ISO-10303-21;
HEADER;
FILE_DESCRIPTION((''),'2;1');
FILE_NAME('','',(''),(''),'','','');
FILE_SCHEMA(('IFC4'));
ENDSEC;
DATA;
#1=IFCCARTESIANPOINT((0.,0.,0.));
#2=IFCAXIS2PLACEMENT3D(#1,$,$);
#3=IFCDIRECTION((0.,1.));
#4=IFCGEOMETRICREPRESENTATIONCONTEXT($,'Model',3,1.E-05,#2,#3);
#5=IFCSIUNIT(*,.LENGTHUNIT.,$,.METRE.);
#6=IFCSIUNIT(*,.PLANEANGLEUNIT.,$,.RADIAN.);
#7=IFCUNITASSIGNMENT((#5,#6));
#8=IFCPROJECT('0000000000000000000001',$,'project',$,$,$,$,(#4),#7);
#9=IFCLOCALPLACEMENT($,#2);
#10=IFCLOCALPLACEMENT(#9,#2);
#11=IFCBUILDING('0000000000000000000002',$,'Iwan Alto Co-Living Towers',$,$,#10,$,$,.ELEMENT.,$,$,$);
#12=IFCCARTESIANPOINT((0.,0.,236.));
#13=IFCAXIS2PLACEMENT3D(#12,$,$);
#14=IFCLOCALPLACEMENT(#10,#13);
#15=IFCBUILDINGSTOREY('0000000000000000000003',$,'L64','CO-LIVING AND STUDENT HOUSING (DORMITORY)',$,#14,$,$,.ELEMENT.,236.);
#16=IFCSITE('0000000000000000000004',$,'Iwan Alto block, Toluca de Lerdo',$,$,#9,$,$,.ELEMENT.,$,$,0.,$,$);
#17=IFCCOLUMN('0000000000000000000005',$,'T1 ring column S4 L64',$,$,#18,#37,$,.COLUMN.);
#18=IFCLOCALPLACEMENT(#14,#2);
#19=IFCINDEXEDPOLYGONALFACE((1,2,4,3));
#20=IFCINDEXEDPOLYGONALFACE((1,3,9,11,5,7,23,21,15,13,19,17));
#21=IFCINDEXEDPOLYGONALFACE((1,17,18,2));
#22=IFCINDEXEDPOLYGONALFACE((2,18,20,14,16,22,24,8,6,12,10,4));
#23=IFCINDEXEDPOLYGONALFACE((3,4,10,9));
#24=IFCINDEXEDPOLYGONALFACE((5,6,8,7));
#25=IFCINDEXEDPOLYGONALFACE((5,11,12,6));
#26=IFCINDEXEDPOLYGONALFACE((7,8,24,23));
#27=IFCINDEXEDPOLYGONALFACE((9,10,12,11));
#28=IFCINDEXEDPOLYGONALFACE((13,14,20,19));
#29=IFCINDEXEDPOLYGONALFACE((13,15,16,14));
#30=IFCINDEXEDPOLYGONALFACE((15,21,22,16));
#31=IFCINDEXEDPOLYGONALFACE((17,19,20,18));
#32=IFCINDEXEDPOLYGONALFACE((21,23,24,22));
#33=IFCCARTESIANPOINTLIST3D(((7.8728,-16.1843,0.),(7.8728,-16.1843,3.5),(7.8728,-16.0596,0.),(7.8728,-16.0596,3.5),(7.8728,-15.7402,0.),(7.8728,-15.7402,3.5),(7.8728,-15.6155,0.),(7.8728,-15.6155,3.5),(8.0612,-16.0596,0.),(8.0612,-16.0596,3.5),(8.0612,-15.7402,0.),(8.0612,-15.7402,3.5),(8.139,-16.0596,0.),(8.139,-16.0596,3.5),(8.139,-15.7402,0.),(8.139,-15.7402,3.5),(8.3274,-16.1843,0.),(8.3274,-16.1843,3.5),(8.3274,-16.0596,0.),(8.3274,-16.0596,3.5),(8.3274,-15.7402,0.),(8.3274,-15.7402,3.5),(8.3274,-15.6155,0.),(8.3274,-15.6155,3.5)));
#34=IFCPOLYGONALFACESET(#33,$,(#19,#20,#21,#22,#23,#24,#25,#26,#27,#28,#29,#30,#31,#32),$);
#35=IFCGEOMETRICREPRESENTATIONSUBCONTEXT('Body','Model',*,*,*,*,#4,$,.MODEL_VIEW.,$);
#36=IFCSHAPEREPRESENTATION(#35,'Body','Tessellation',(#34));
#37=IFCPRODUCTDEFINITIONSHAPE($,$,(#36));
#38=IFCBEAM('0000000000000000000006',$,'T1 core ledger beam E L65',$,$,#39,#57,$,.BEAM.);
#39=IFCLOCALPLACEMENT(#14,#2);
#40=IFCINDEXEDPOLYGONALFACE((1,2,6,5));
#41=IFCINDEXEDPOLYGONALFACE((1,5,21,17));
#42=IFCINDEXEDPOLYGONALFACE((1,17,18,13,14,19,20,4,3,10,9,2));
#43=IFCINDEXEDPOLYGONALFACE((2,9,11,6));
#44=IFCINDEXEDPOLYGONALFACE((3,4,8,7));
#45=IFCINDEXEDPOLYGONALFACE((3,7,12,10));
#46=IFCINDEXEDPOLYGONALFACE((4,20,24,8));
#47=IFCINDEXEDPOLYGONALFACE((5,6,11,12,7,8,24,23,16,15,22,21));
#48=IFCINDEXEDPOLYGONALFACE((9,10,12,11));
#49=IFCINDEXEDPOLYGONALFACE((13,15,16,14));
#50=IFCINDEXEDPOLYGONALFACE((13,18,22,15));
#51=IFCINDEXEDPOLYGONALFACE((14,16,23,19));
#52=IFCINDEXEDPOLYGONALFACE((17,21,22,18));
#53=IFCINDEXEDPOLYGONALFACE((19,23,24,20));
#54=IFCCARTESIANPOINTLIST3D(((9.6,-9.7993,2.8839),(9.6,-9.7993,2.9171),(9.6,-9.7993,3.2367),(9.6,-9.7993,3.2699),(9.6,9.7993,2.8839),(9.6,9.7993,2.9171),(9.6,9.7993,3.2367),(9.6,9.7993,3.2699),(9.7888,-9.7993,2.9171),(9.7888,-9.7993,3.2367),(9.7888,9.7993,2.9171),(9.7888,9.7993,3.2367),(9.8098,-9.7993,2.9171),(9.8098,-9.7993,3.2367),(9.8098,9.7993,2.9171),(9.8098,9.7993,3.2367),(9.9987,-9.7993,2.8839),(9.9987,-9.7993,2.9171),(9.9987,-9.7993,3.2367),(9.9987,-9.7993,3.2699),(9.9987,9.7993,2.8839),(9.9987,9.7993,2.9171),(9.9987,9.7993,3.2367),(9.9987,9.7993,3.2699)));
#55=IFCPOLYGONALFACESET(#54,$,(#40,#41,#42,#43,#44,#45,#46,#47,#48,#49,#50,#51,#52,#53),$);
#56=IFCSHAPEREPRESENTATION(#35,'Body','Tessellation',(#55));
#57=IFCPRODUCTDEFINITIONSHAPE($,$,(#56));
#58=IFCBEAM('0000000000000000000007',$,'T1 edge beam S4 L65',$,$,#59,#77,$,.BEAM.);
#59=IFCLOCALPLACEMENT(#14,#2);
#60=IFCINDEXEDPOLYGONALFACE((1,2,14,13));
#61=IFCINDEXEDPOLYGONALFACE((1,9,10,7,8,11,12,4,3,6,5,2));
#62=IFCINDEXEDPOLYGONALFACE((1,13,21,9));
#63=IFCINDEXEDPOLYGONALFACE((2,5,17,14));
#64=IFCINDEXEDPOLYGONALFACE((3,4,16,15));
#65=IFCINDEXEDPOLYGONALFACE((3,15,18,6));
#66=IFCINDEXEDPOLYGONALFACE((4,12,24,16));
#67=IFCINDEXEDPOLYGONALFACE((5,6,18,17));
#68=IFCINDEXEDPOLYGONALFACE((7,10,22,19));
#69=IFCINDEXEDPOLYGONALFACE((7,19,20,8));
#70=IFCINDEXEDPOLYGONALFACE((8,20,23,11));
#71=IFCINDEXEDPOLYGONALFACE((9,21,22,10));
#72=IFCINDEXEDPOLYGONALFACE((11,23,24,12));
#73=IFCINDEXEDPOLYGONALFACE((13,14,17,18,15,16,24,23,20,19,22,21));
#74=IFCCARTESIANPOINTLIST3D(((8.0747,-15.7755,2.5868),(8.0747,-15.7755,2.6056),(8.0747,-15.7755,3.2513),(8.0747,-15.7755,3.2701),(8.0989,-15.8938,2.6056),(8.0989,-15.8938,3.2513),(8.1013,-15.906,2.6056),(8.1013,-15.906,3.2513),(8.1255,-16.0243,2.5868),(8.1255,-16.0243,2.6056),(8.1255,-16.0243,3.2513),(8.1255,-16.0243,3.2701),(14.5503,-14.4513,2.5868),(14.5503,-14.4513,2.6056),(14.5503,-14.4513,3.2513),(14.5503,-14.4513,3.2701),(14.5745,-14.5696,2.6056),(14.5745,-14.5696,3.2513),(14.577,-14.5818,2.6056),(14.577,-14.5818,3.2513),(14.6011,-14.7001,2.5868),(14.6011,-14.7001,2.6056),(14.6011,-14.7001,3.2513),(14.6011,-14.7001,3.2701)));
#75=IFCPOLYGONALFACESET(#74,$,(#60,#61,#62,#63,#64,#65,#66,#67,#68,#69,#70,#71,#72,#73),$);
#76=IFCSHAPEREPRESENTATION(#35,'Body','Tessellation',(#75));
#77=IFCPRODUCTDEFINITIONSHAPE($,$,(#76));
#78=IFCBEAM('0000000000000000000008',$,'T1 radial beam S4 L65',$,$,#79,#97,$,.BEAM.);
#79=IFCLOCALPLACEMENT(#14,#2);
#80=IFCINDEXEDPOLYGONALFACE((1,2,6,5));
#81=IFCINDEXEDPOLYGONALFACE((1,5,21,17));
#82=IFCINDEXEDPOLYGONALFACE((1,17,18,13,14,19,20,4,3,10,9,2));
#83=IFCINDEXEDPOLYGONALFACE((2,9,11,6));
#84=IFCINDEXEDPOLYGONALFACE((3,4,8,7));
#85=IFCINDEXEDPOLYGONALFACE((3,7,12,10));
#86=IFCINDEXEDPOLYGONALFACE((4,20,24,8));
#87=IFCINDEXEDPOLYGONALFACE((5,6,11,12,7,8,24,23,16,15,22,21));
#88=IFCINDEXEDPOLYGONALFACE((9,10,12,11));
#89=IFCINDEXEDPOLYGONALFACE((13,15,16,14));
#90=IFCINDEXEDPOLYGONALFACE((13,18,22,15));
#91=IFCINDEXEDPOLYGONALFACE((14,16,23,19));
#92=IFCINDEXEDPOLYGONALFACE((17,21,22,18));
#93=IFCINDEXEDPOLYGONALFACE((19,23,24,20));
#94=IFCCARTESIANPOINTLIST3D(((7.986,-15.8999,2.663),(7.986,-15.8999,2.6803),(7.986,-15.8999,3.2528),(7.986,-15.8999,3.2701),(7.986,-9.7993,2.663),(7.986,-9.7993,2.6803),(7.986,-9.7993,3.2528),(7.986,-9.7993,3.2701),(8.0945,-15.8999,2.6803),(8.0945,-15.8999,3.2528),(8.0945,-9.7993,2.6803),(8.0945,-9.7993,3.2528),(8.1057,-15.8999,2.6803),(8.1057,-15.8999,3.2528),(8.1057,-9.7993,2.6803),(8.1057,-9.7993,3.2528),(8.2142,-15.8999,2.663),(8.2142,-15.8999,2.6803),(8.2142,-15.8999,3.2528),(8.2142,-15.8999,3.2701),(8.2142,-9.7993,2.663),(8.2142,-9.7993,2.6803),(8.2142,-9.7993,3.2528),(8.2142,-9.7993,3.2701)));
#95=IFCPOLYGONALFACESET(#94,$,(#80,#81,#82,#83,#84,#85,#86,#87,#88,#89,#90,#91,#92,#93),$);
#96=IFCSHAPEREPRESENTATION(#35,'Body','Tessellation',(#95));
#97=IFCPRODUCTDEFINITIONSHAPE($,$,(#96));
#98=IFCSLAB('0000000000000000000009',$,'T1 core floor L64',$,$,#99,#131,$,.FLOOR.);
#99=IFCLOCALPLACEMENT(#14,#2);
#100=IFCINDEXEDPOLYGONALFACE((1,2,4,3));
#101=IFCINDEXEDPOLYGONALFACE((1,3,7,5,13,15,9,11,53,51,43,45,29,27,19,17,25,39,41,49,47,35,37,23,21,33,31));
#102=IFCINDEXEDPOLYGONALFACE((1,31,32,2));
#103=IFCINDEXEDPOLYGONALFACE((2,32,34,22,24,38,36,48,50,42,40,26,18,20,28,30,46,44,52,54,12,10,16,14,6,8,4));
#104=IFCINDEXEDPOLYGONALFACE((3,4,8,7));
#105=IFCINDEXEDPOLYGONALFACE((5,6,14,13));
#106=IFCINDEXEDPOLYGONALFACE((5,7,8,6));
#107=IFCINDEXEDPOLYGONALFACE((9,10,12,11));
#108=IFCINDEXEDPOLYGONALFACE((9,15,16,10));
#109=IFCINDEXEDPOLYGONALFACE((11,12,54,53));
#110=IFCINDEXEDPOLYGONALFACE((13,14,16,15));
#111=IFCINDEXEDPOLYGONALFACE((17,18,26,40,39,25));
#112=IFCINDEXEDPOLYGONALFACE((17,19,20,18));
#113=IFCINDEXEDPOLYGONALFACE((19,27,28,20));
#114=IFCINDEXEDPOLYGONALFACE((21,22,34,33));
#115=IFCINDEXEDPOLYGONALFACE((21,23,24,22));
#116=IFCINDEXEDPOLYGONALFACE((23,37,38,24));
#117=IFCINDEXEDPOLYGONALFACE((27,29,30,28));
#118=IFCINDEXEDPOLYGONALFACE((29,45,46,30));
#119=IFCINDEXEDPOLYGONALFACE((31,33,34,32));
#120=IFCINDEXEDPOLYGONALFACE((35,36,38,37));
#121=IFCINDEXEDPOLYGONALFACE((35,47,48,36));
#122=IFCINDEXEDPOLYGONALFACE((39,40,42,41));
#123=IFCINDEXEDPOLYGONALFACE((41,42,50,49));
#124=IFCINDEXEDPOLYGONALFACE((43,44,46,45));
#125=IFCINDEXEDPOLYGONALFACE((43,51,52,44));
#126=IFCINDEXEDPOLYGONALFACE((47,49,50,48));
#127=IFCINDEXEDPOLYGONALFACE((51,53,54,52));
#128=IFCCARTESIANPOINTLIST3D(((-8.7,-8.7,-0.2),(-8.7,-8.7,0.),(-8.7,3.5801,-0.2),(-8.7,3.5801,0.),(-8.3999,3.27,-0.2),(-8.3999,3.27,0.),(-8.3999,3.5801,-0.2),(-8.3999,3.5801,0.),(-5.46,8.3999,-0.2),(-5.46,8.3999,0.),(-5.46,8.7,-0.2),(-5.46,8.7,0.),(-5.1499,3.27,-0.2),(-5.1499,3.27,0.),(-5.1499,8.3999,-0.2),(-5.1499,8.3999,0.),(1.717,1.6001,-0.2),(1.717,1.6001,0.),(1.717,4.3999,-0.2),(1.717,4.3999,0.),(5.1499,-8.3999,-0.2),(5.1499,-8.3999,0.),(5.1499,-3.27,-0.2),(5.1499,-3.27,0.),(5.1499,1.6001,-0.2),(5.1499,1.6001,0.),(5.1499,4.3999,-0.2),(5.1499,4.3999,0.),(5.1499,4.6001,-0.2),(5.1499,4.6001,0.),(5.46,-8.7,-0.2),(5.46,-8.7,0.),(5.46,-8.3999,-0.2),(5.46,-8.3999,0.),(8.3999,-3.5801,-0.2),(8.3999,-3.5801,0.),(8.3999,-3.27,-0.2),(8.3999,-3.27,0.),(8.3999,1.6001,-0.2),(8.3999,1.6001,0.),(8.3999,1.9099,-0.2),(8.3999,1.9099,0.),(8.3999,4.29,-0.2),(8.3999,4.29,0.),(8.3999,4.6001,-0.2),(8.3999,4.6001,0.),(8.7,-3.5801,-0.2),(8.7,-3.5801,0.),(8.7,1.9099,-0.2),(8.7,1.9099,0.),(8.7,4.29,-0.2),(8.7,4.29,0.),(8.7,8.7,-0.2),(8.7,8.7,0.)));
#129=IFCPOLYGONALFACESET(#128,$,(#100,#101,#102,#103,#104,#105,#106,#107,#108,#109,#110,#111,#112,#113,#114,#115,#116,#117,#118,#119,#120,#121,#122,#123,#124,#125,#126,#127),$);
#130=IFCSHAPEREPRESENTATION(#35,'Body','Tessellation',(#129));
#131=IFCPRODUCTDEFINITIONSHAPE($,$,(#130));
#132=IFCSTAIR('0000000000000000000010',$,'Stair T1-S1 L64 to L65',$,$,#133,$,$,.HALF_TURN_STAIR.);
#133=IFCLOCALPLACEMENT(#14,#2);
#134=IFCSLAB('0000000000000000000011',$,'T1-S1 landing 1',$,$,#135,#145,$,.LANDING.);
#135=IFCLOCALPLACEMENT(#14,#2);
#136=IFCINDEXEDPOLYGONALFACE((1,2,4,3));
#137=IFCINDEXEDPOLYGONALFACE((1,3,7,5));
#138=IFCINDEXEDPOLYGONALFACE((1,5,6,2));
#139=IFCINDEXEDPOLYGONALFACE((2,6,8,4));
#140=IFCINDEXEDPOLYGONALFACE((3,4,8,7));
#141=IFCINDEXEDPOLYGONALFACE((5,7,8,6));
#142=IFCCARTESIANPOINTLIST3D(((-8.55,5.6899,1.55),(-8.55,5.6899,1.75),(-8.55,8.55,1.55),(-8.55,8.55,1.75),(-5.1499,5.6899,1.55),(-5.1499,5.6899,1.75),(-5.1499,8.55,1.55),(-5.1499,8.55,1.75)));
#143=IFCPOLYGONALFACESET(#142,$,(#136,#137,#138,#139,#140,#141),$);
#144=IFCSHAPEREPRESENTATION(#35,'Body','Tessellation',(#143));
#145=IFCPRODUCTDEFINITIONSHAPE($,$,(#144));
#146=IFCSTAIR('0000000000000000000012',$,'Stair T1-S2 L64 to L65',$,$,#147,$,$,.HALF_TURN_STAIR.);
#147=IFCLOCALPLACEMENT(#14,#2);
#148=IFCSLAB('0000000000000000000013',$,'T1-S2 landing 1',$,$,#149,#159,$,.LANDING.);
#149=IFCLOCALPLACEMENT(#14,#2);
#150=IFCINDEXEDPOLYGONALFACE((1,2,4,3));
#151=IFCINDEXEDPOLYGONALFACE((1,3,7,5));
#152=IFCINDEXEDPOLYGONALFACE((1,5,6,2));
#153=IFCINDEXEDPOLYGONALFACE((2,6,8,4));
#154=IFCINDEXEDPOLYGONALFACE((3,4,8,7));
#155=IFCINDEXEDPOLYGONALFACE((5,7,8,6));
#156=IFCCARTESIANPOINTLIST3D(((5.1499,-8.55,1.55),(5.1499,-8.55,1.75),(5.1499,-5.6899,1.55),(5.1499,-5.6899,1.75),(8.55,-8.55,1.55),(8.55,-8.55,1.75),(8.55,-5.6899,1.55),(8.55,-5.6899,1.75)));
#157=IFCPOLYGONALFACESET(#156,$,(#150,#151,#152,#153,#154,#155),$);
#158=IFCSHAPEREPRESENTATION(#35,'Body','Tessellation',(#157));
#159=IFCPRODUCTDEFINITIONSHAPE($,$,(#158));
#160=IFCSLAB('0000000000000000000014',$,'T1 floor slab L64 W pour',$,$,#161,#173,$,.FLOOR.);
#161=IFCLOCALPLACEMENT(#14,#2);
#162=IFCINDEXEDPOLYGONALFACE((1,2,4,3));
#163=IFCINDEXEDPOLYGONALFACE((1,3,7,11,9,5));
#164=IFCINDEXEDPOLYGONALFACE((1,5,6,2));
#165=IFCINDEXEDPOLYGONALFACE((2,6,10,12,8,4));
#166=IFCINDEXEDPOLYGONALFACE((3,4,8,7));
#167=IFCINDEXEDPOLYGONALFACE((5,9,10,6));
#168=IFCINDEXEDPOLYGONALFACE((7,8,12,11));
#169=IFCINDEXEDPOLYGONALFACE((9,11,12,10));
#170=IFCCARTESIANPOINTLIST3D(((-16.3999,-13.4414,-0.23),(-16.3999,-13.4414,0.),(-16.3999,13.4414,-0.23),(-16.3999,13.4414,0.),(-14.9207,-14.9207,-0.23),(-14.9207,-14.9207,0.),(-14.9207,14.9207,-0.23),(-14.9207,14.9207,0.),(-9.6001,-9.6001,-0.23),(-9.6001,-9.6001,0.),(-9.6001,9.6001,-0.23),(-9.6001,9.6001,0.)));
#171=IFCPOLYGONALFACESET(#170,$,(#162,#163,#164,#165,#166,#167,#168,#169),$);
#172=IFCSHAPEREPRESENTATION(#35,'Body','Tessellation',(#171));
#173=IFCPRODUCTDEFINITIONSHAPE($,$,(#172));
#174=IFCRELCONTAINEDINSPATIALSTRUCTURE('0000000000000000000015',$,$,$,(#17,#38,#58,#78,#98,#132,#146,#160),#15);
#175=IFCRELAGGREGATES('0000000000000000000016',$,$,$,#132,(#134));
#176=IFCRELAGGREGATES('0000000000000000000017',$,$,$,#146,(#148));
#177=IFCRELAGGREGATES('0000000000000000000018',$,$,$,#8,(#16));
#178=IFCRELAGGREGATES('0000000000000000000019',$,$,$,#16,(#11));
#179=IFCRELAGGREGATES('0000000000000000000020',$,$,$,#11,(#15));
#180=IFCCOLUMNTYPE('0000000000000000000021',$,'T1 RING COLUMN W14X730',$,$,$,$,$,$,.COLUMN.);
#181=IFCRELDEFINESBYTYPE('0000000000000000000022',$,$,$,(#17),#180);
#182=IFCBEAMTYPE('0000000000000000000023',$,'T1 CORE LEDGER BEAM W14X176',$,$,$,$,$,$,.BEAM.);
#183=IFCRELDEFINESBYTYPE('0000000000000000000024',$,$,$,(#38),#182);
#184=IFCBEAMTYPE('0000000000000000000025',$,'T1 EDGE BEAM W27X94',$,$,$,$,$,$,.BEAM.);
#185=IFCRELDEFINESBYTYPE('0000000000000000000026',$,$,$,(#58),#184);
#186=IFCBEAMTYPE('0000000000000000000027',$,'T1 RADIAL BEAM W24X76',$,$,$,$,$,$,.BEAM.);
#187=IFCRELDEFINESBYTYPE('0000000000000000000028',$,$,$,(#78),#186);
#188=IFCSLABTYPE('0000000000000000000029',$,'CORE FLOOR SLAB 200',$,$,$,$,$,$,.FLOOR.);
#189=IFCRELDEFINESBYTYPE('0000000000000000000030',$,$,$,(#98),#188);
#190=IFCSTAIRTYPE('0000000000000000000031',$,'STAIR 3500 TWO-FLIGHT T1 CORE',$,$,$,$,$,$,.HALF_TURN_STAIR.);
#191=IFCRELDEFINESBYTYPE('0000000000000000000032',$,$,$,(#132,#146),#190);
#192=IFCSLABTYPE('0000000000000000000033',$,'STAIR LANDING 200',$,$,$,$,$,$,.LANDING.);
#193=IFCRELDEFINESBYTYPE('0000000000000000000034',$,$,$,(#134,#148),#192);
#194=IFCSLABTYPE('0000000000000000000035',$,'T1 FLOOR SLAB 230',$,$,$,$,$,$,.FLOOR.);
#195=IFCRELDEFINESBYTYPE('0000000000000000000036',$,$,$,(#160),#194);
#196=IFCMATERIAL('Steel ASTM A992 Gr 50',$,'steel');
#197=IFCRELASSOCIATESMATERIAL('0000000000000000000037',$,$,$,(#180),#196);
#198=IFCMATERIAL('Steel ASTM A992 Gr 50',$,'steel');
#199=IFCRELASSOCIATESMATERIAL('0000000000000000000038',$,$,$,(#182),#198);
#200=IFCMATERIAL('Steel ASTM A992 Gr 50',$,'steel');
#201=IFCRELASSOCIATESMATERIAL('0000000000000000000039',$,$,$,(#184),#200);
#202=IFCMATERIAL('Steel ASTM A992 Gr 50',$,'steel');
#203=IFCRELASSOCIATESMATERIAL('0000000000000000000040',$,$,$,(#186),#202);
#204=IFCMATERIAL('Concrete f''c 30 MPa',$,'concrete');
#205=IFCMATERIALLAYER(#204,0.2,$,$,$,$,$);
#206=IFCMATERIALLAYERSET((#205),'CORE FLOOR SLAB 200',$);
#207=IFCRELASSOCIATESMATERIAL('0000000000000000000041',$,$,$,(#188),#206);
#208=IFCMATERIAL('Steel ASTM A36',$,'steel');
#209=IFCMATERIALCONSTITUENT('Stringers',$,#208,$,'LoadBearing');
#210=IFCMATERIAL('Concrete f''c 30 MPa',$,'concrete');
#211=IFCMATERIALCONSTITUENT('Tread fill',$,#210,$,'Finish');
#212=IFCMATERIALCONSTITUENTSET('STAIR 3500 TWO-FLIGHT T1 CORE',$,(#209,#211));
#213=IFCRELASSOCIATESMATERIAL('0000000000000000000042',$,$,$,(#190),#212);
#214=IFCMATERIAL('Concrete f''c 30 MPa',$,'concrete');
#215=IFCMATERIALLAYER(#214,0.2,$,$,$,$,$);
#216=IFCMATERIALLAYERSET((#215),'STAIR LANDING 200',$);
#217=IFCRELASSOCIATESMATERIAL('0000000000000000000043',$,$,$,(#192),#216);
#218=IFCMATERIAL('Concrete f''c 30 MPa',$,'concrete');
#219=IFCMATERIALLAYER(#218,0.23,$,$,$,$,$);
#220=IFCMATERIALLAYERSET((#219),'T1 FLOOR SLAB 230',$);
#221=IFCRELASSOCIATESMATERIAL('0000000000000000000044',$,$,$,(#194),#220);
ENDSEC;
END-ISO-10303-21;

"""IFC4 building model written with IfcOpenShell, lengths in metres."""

from ifc_helpers import new_model, si_unit, direction, frame, origin, origin_2d, place, context, subcontext, project, spatial, polyline, i_section, outline, extrude, material, layer, layer_set, constituent, constituent_set, material_profile, profile_set, type_object, element, aggregate, save


model = new_model("IFC4")

# Units and contexts
model_context = context("Model", 3, precision=1e-05, world=origin(), true_north=direction((0.0, 1.0)))
body_context = subcontext(model_context, "Body", "Model", "MODEL_VIEW")
ifc_project = project(units=[si_unit("LENGTHUNIT", "METRE"), si_unit("PLANEANGLEUNIT", "RADIAN")], contexts=[model_context])

# Site, building, storey
site_placement = place(None, origin())
site = spatial("IfcSite", under=ifc_project, at=site_placement, Name="Iwan Alto block, Toluca de Lerdo", CompositionType="ELEMENT", RefElevation=0.0)
building_placement = place(site_placement, origin())
building = spatial("IfcBuilding", under=site, at=building_placement, Name="Iwan Alto Co-Living Towers", CompositionType="ELEMENT")
storey_placement = place(building_placement, frame((0.0, 0.0, 236.0)))
storey = spatial("IfcBuildingStorey", under=building, at=storey_placement, Name="L64", Description="CO-LIVING AND STUDENT HOUSING (DORMITORY)", CompositionType="ELEMENT", Elevation=236.0)

# Column
ifc_material_1 = material(Name="Steel ASTM A992 Gr 50", Category="steel")
ifc_material_profile_1 = material_profile(ifc_material_1, i_section(OverallWidth=0.4546, OverallDepth=0.5688, WebThickness=0.0779, FlangeThickness=0.1248, at=origin_2d()), Name="W14X730")
ifc_profile_set_1 = profile_set([ifc_material_profile_1], Name="Steel ASTM A992 Gr 50")
column_type = type_object("IfcColumnType", Name="T1 RING COLUMN W14X730", PredefinedType="COLUMN", material=ifc_profile_set_1)
column_placement = place(storey_placement, frame((8.1001, -15.8999, 0.0), z_axis=(0.0, 0.0, 1.0), x_axis=(1.0, 0.0, 0.0)))
element("IfcColumn", 1, at=column_placement, inside=storey, type_object=column_type, Name="T1 ring column S4 L64", PredefinedType="COLUMN", context=body_context, shape_type="SweptSolid", body=[
    extrude(i_section(OverallWidth=0.4546, OverallDepth=0.5688, WebThickness=0.0779, FlangeThickness=0.1248, at=origin_2d()), origin(), (0.0, 0.0, 1.0), 3.5),
])

# Beams
ifc_material_2 = material(Name="Steel ASTM A992 Gr 50", Category="steel")
ifc_material_profile_2 = material_profile(ifc_material_2, i_section(OverallWidth=0.3987, OverallDepth=0.386, WebThickness=0.021, FlangeThickness=0.0332, at=origin_2d()), Name="W14X176")
ifc_profile_set_2 = profile_set([ifc_material_profile_2], Name="Steel ASTM A992 Gr 50")
beam_type_1 = type_object("IfcBeamType", Name="T1 CORE LEDGER BEAM W14X176", PredefinedType="BEAM", material=ifc_profile_set_2)
beam_1_placement = place(storey_placement, frame((9.7993, -9.7993, 3.0769), z_axis=(0.0, 1.0, 0.0), x_axis=(-1.0, 0.0, 0.0)))
element("IfcBeam", 2, at=beam_1_placement, inside=storey, type_object=beam_type_1, Name="T1 core ledger beam E L65", PredefinedType="BEAM", context=body_context, shape_type="SweptSolid", body=[
    extrude(i_section(OverallWidth=0.3987, OverallDepth=0.386, WebThickness=0.021, FlangeThickness=0.0332, at=origin_2d()), origin(), (0.0, 0.0, 1.0), 19.5986),
])
ifc_material_3 = material(Name="Steel ASTM A992 Gr 50", Category="steel")
ifc_material_profile_3 = material_profile(ifc_material_3, i_section(OverallWidth=0.2539, OverallDepth=0.6833, WebThickness=0.0125, FlangeThickness=0.0188, at=origin_2d()), Name="W27X94")
ifc_profile_set_3 = profile_set([ifc_material_profile_3], Name="Steel ASTM A992 Gr 50")
beam_type_2 = type_object("IfcBeamType", Name="T1 EDGE BEAM W27X94", PredefinedType="BEAM", material=ifc_profile_set_3)
beam_2_placement = place(storey_placement, frame((8.1001, -15.8999, 2.9285), z_axis=(0.979725, 0.200348, 0.0), x_axis=(-0.200348, 0.979725, 0.0)))
element("IfcBeam", 3, at=beam_2_placement, inside=storey, type_object=beam_type_2, Name="T1 edge beam S4 L65", PredefinedType="BEAM", context=body_context, shape_type="SweptSolid", body=[
    extrude(i_section(OverallWidth=0.2539, OverallDepth=0.6833, WebThickness=0.0125, FlangeThickness=0.0188, at=origin_2d()), origin(), (0.0, 0.0, 1.0), 6.6096),
])
ifc_material_4 = material(Name="Steel ASTM A992 Gr 50", Category="steel")
ifc_material_profile_4 = material_profile(ifc_material_4, i_section(OverallWidth=0.2283, OverallDepth=0.6072, WebThickness=0.0112, FlangeThickness=0.0173, at=origin_2d()), Name="W24X76")
ifc_profile_set_4 = profile_set([ifc_material_profile_4], Name="Steel ASTM A992 Gr 50")
beam_type_3 = type_object("IfcBeamType", Name="T1 RADIAL BEAM W24X76", PredefinedType="BEAM", material=ifc_profile_set_4)
beam_3_placement = place(storey_placement, frame((8.1001, -15.8999, 2.9666), z_axis=(0.0, 1.0, 0.0), x_axis=(-1.0, 0.0, 0.0)))
element("IfcBeam", 4, at=beam_3_placement, inside=storey, type_object=beam_type_3, Name="T1 radial beam S4 L65", PredefinedType="BEAM", context=body_context, shape_type="SweptSolid", body=[
    extrude(i_section(OverallWidth=0.2283, OverallDepth=0.6072, WebThickness=0.0112, FlangeThickness=0.0173, at=origin_2d()), origin(), (0.0, 0.0, 1.0), 6.1006),
])

# Slab
ifc_material_5 = material(Name="Concrete f'c 30 MPa", Category="concrete")
ifc_layer_1 = layer(ifc_material_5, 0.2)
ifc_layer_set_1 = layer_set([ifc_layer_1], Name="CORE FLOOR SLAB 200")
slab_type_1 = type_object("IfcSlabType", Name="CORE FLOOR SLAB 200", PredefinedType="FLOOR", material=ifc_layer_set_1)
slab_1_placement = place(storey_placement, frame((0.0, 0.0, -0.2)))
element("IfcSlab", 5, at=slab_1_placement, inside=storey, type_object=slab_type_1, Name="T1 core floor L64", PredefinedType="FLOOR", context=body_context, shape_type="SweptSolid", body=[
    extrude(outline(polyline([(-8.7, 3.5801), (-8.3999, 3.5801), (-8.3999, 3.27), (-5.1499, 3.27), (-5.1499, 8.3999), (-5.46, 8.3999), (-5.46, 8.7), (8.7, 8.7), (8.7, 4.29), (8.3999, 4.29), (8.3999, 4.6001), (5.1499, 4.6001), (5.1499, 4.3999), (1.717, 4.3999), (1.717, 1.6001), (5.1499, 1.6001), (8.3999, 1.6001), (8.3999, 1.9099), (8.7, 1.9099), (8.7, -3.5801), (8.3999, -3.5801), (8.3999, -3.27), (5.1499, -3.27), (5.1499, -8.3999), (5.46, -8.3999), (5.46, -8.7), (-8.7, -8.7), (-8.7, 3.5801)])), origin(), (0.0, 0.0, 1.0), 0.2),
])

# Stairs, slabs
ifc_material_6 = material(Name="Steel ASTM A36", Category="steel")
ifc_constituent_1 = constituent(ifc_material_6, Name="Stringers", Category="LoadBearing")
ifc_material_7 = material(Name="Concrete f'c 30 MPa", Category="concrete")
ifc_constituent_2 = constituent(ifc_material_7, Name="Tread fill", Category="Finish")
ifc_constituent_set_1 = constituent_set(constituents=[ifc_constituent_1, ifc_constituent_2], Name="STAIR 3500 TWO-FLIGHT T1 CORE")
stair_type = type_object("IfcStairType", Name="STAIR 3500 TWO-FLIGHT T1 CORE", PredefinedType="HALF_TURN_STAIR", material=ifc_constituent_set_1)
stair_1_placement = place(storey_placement, origin())
stair_1 = element("IfcStair", 6, at=stair_1_placement, inside=storey, type_object=stair_type, Name="Stair T1-S1 L64 to L65", PredefinedType="HALF_TURN_STAIR")
ifc_material_8 = material(Name="Concrete f'c 30 MPa", Category="concrete")
ifc_layer_2 = layer(ifc_material_8, 0.2)
ifc_layer_set_2 = layer_set([ifc_layer_2], Name="STAIR LANDING 200")
slab_type_2 = type_object("IfcSlabType", Name="STAIR LANDING 200", PredefinedType="LANDING", material=ifc_layer_set_2)
slab_2_placement = place(storey_placement, frame((0.0, 0.0, 1.55)))
slab_2 = element("IfcSlab", 7, at=slab_2_placement, type_object=slab_type_2, Name="T1-S1 landing 1", PredefinedType="LANDING", context=body_context, shape_type="SweptSolid", body=[
    extrude(outline(polyline([(-8.55, 5.6899), (-8.55, 8.55), (-5.1499, 8.55), (-5.1499, 5.6899), (-8.55, 5.6899)])), origin(), (0.0, 0.0, 1.0), 0.2),
])
aggregate(stair_1, [slab_2])
stair_2_placement = place(storey_placement, origin())
stair_2 = element("IfcStair", 8, at=stair_2_placement, inside=storey, type_object=stair_type, Name="Stair T1-S2 L64 to L65", PredefinedType="HALF_TURN_STAIR")
slab_3_placement = place(storey_placement, frame((0.0, 0.0, 1.55)))
slab_3 = element("IfcSlab", 9, at=slab_3_placement, type_object=slab_type_2, Name="T1-S2 landing 1", PredefinedType="LANDING", context=body_context, shape_type="SweptSolid", body=[
    extrude(outline(polyline([(5.1499, -5.6899), (5.1499, -8.55), (8.55, -8.55), (8.55, -5.6899), (5.1499, -5.6899)])), origin(), (0.0, 0.0, 1.0), 0.2),
])

# Slab
ifc_material_9 = material(Name="Concrete f'c 30 MPa", Category="concrete")
ifc_layer_3 = layer(ifc_material_9, 0.23)
ifc_layer_set_3 = layer_set([ifc_layer_3], Name="T1 FLOOR SLAB 230")
slab_type_3 = type_object("IfcSlabType", Name="T1 FLOOR SLAB 230", PredefinedType="FLOOR", material=ifc_layer_set_3)
slab_4_placement = place(storey_placement, frame((0.0, 0.0, -0.23)))
element("IfcSlab", 10, at=slab_4_placement, inside=storey, type_object=slab_type_3, Name="T1 floor slab L64 W pour", PredefinedType="FLOOR", context=body_context, shape_type="SweptSolid", body=[
    extrude(outline(polyline([(-16.3999, 13.4414), (-14.9207, 14.9207), (-9.6001, 9.6001), (-9.6001, -9.6001), (-14.9207, -14.9207), (-16.3999, -13.4414), (-16.3999, 13.4414)])), origin(), (0.0, 0.0, 1.0), 0.23),
])

aggregate(stair_2, [slab_3])

save(model, "model.ifc")
